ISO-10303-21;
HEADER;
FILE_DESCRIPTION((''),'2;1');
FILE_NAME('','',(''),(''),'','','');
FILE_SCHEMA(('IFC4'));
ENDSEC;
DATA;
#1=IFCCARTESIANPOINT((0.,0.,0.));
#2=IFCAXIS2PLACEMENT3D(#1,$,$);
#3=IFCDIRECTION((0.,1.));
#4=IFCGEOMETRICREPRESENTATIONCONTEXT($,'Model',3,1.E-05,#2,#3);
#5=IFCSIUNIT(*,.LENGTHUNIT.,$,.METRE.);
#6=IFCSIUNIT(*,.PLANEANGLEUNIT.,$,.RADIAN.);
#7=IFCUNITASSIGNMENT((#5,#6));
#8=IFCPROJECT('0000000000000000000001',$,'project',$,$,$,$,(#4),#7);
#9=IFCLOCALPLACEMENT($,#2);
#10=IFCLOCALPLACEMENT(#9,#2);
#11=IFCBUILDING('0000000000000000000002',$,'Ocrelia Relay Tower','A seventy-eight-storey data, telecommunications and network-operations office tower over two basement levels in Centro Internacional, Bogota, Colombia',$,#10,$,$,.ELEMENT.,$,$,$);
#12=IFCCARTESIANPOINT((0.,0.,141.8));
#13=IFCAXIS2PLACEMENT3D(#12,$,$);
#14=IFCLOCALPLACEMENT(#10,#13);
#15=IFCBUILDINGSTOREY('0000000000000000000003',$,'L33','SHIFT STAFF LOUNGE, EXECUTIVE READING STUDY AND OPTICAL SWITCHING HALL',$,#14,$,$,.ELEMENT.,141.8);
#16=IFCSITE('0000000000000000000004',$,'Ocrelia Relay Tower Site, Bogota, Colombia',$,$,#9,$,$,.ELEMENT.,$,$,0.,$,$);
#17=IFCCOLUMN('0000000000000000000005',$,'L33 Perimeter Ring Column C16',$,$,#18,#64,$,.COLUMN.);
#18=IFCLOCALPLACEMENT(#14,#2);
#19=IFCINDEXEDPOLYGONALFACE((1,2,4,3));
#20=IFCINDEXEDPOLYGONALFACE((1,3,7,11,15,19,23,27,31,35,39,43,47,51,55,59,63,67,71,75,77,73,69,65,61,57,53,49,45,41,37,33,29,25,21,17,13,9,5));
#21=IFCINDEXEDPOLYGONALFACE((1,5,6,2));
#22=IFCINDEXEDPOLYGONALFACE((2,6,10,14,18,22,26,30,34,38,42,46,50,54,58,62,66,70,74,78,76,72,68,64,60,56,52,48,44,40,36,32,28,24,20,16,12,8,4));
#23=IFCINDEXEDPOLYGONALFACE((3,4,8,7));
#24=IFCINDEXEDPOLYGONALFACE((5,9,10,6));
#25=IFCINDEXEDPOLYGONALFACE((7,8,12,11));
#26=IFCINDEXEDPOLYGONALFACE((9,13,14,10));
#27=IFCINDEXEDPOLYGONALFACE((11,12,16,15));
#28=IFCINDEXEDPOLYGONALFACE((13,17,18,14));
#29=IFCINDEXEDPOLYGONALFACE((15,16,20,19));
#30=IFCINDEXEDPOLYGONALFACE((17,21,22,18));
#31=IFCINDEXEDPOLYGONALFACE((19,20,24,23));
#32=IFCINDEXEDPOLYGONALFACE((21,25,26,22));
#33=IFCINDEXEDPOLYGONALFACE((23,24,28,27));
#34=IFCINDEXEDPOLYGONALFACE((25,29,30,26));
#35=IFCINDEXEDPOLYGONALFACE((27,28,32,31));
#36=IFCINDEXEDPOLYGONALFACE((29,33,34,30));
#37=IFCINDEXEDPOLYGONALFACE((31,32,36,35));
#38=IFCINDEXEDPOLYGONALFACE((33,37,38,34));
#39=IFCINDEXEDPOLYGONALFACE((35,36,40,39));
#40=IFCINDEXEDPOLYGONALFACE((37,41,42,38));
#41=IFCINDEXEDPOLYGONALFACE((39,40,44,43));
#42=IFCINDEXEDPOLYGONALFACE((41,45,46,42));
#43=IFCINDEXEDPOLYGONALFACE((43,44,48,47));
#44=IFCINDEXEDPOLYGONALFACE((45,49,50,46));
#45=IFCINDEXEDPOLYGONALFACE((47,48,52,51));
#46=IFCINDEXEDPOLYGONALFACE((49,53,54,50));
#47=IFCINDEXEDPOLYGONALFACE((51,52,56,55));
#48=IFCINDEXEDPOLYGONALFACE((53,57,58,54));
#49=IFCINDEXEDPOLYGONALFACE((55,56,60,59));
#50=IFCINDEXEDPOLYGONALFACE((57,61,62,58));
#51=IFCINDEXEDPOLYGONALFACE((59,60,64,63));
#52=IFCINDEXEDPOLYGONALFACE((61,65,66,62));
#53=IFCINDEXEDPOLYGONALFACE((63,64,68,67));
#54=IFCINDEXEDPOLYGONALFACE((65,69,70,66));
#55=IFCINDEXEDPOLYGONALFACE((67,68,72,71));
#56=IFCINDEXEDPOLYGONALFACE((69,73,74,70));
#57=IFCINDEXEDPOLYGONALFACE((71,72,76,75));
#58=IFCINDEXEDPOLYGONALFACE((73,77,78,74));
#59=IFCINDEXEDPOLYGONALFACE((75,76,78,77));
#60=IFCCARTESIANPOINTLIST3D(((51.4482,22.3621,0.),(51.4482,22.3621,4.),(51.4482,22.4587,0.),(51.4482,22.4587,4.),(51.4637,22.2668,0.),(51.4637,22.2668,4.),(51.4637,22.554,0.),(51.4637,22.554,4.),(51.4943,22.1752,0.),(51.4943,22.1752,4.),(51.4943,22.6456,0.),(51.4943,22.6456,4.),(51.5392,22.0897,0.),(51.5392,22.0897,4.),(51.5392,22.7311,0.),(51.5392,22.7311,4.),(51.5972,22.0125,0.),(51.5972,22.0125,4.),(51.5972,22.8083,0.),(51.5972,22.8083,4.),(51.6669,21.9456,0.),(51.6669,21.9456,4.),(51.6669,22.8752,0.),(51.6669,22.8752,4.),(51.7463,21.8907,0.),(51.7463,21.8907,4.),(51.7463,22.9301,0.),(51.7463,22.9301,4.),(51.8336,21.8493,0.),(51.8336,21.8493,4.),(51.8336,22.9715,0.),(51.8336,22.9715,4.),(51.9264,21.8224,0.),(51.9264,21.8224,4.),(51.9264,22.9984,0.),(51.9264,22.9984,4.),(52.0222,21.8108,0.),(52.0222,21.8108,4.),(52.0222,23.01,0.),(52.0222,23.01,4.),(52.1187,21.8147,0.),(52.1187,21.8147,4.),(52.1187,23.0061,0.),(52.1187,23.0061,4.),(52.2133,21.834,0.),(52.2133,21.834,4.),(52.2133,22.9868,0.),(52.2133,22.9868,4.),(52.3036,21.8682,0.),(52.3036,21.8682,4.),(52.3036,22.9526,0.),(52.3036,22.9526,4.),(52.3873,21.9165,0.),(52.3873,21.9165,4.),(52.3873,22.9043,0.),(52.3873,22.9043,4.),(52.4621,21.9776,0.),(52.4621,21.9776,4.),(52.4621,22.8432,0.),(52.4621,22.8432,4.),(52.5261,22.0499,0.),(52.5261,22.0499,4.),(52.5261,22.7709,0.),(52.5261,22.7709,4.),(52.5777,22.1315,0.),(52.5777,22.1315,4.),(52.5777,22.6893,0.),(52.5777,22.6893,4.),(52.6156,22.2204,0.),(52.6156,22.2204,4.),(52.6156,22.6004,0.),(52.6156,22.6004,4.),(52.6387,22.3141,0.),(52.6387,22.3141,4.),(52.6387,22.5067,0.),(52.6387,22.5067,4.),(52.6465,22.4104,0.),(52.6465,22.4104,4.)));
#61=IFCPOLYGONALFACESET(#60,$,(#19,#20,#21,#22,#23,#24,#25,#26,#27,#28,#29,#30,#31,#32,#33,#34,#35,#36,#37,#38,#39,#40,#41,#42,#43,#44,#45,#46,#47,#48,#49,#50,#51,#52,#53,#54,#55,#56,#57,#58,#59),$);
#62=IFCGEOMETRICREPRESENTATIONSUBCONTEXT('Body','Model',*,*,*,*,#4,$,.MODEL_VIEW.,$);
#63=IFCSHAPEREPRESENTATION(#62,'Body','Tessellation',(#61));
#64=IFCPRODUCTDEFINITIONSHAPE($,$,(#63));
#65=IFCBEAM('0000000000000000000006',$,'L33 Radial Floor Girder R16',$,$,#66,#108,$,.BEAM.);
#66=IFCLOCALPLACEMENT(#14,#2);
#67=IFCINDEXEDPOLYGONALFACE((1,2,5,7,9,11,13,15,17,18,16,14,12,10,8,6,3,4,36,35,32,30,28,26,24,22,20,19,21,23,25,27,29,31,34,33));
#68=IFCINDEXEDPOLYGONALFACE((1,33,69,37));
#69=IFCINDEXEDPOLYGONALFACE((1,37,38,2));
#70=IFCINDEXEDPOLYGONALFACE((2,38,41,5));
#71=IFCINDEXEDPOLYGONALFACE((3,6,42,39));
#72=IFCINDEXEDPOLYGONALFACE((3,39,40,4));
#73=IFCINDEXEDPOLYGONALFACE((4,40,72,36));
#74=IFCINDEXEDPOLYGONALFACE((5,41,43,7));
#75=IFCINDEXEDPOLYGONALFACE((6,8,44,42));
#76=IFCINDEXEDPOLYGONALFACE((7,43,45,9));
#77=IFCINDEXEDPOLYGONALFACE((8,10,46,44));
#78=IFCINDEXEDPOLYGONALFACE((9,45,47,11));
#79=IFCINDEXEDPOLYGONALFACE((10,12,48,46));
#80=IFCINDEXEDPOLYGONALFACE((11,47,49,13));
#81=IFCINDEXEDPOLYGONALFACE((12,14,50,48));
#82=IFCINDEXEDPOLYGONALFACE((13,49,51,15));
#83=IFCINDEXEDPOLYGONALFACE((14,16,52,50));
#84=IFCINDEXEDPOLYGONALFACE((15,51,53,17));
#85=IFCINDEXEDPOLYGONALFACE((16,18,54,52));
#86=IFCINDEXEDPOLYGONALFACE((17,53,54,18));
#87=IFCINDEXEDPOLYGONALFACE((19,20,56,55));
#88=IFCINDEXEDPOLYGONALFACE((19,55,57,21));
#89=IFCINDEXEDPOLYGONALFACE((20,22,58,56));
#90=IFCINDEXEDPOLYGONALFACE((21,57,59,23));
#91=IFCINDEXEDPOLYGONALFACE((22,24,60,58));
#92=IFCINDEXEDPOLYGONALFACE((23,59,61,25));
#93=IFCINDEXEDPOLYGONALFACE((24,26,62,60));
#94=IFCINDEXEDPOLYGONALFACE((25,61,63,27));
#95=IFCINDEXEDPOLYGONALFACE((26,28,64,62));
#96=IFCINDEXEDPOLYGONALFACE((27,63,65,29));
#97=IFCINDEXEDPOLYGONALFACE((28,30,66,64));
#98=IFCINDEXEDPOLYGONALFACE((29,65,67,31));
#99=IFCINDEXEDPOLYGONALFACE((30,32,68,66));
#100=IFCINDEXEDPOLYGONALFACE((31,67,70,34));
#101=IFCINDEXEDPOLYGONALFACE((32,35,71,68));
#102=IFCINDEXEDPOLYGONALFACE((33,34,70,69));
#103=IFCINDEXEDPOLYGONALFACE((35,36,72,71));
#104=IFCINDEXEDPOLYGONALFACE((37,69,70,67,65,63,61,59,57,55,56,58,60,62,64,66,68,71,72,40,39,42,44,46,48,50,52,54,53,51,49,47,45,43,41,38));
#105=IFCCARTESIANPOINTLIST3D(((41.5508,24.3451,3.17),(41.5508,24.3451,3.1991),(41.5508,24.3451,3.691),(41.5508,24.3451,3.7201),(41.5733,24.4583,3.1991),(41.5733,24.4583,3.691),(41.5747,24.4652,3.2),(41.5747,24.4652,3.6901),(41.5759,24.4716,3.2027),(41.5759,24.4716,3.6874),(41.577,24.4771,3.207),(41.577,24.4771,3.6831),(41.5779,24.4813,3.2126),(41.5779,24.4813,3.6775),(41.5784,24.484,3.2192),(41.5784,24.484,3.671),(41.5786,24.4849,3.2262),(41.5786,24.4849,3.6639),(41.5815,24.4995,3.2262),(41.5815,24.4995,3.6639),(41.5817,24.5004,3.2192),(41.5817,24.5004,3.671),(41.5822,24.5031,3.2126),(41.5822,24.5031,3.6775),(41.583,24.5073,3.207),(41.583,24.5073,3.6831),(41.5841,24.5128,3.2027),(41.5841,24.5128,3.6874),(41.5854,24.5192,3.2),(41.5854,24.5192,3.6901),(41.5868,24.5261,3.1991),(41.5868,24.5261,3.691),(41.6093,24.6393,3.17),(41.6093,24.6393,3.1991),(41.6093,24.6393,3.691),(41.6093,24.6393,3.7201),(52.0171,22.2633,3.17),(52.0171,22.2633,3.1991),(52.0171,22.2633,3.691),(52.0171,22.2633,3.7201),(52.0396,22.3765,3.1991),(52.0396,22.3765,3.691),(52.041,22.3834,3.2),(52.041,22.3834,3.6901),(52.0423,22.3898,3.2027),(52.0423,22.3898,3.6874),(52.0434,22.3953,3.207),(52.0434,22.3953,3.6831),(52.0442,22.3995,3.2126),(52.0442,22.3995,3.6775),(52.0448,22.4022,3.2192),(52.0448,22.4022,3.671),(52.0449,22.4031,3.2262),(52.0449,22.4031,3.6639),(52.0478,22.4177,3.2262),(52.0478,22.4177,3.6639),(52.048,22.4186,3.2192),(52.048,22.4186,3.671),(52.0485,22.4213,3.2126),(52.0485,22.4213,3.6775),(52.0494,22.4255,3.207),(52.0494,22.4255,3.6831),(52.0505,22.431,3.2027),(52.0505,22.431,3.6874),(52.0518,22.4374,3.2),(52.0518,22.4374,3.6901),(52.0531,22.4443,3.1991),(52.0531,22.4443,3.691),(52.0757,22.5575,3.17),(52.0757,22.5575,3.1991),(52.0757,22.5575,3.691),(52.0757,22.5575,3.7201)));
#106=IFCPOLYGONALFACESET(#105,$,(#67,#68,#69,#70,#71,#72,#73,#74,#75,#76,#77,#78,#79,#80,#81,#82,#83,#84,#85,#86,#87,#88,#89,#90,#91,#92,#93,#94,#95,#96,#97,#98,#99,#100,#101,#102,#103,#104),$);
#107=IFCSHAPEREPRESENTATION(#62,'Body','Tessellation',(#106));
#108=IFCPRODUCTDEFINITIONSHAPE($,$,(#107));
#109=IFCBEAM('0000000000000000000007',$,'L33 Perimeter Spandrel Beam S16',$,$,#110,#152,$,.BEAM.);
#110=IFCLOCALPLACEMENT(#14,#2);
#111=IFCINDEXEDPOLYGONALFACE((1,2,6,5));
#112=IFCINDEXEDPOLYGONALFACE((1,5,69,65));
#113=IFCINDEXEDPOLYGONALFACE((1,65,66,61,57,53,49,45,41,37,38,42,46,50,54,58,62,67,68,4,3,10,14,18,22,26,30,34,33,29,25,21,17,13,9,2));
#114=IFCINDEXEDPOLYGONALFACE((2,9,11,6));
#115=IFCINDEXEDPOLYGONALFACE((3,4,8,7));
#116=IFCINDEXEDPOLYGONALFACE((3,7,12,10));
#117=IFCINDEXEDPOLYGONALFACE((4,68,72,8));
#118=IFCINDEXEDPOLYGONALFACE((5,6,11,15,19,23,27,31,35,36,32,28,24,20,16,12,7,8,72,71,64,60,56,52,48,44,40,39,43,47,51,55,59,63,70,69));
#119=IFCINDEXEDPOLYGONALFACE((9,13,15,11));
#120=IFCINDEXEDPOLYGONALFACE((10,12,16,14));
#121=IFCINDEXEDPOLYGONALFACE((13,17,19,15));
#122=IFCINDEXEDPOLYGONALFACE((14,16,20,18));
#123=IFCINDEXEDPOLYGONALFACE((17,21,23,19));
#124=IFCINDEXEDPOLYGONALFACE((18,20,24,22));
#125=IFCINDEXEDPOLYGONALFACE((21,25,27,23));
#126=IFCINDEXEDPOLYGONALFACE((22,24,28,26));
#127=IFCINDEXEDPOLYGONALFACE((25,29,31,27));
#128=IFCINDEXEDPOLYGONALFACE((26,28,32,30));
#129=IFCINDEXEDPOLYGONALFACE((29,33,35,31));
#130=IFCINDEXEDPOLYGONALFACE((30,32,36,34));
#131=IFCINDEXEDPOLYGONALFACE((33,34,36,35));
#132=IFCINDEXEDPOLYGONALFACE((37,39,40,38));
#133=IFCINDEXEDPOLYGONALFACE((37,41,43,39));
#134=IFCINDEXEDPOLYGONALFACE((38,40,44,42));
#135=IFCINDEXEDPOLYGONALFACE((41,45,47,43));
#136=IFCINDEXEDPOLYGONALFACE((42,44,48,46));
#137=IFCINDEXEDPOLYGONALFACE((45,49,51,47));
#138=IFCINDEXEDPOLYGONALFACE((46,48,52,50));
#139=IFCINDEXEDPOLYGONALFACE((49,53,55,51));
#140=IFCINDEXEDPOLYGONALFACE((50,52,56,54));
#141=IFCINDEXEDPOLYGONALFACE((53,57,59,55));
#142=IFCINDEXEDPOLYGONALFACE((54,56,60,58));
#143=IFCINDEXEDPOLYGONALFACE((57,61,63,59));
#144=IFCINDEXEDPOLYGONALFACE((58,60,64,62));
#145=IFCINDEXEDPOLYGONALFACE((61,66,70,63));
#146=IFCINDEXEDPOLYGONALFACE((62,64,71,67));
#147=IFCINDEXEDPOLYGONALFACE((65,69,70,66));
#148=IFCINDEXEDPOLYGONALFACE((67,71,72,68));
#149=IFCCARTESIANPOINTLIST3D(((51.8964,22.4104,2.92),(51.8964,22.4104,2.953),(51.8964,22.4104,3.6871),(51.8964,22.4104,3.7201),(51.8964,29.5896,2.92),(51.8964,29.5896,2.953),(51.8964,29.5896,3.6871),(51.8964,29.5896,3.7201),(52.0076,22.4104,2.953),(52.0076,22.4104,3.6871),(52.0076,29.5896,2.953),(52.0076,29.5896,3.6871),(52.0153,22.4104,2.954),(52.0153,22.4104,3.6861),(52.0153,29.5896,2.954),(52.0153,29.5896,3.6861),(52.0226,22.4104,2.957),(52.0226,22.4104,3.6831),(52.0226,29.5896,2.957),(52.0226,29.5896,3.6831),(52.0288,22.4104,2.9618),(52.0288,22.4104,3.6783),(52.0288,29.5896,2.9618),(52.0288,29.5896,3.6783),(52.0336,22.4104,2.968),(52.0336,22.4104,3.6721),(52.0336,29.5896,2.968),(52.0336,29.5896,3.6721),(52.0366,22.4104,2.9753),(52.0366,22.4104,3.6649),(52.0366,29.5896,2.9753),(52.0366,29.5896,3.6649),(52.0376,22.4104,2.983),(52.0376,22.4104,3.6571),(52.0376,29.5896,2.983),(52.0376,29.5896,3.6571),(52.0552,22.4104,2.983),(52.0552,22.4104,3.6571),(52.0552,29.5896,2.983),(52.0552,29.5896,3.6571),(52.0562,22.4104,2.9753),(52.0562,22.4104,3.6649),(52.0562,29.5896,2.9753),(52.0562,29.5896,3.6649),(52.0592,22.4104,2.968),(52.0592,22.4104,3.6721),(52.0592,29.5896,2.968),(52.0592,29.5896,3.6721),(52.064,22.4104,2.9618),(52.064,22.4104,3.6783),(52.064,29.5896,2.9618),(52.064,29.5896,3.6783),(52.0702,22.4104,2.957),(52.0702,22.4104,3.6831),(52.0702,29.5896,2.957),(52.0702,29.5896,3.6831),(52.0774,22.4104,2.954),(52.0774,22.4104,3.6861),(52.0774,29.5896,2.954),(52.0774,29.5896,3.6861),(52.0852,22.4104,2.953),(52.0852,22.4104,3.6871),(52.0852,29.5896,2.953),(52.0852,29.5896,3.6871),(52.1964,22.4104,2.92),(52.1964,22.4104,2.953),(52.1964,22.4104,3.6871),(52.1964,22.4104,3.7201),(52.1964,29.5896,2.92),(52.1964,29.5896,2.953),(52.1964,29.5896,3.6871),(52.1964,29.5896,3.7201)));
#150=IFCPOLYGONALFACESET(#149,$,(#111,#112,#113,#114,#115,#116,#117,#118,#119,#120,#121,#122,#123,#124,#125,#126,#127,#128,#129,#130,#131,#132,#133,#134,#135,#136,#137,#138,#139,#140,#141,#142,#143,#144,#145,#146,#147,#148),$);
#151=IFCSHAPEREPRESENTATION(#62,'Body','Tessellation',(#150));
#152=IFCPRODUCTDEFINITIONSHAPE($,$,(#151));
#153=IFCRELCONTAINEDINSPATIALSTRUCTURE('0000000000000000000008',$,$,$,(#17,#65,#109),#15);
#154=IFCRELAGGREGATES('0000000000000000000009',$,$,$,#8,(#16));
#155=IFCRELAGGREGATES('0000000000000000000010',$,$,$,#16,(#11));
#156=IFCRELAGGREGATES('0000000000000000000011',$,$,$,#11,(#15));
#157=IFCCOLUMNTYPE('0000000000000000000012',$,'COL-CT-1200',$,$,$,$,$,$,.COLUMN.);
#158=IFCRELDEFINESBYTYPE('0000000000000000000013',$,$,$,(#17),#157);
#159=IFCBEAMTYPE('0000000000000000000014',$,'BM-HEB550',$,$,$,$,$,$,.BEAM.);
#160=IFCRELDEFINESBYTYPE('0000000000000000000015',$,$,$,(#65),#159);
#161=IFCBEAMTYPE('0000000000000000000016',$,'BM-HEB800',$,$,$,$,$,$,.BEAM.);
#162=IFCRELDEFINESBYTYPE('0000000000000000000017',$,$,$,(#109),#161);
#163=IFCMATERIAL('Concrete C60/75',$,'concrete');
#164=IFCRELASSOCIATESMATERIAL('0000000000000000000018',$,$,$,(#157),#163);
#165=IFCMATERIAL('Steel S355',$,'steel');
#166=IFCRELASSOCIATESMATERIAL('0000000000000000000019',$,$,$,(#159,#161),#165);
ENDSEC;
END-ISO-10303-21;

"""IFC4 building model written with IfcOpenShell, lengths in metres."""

from ifc_helpers import new_model, si_unit, direction, frame, origin, origin_2d, place, context, subcontext, project, spatial, circle, i_section, extrude, material, material_profile, profile_set, type_object, element, save


model = new_model("IFC4")

# Units and contexts
model_context = context("Model", 3, precision=1e-05, world=origin(), true_north=direction((0.0, 1.0)))
body_context = subcontext(model_context, "Body", "Model", "MODEL_VIEW")
ifc_project = project(units=[si_unit("LENGTHUNIT", "METRE"), si_unit("PLANEANGLEUNIT", "RADIAN")], contexts=[model_context])

# Site, building, storey
site_placement = place(None, origin())
site = spatial("IfcSite", under=ifc_project, at=site_placement, Name="Ocrelia Relay Tower Site, Bogota, Colombia", CompositionType="ELEMENT", RefElevation=0.0)
building_placement = place(site_placement, origin())
building = spatial("IfcBuilding", under=site, at=building_placement, Name="Ocrelia Relay Tower", Description="A seventy-eight-storey data, telecommunications and network-operations office tower over two basement levels in Centro Internacional, Bogota, Colombia", CompositionType="ELEMENT")
storey_placement = place(building_placement, frame((0.0, 0.0, 141.8)))
storey = spatial("IfcBuildingStorey", under=building, at=storey_placement, Name="L33", Description="SHIFT STAFF LOUNGE, EXECUTIVE READING STUDY AND OPTICAL SWITCHING HALL", CompositionType="ELEMENT", Elevation=141.8)

# Column
ifc_material_1 = material(Name="Concrete C60/75", Category="concrete")
ifc_material_profile_1 = material_profile(ifc_material_1, circle(Radius=0.6001, at=origin_2d()), Name="RC-CIR-1200")
ifc_profile_set_1 = profile_set([ifc_material_profile_1], Name="Concrete C60/75")
column_type = type_object("IfcColumnType", Name="COL-CT-1200", PredefinedType="COLUMN", material=ifc_profile_set_1)
column_placement = place(storey_placement, frame((52.0464, 22.4104, 0.0), z_axis=(0.0, 0.0, 1.0), x_axis=(1.0, 0.0, 0.0)))
element("IfcColumn", 1, at=column_placement, inside=storey, type_object=column_type, Name="L33 Perimeter Ring Column C16", PredefinedType="COLUMN", context=body_context, shape_type="SweptSolid", body=[
    extrude(circle(Radius=0.6001, at=origin_2d()), origin(), (0.0, 0.0, 1.0), 4.0),
])

# Beams
ifc_material_2 = material(Name="Steel S355", Category="steel")
ifc_material_profile_2 = material_profile(ifc_material_2, i_section(OverallWidth=0.3, OverallDepth=0.55, WebThickness=0.0149, FlangeThickness=0.0291, FilletRadius=0.0271, at=origin_2d()), Name="HEB 550")
ifc_profile_set_2 = profile_set([ifc_material_profile_2], Name="Steel S355")
beam_type_1 = type_object("IfcBeamType", Name="BM-HEB550", PredefinedType="BEAM", material=ifc_profile_set_2)
beam_1_placement = place(storey_placement, frame((52.0464, 22.4104, 3.4451), z_axis=(-0.980787, 0.195082, 0.0), x_axis=(-0.195082, -0.980787, 0.0)))
element("IfcBeam", 2, at=beam_1_placement, inside=storey, type_object=beam_type_1, Name="L33 Radial Floor Girder R16", PredefinedType="BEAM", context=body_context, shape_type="SweptSolid", body=[
    extrude(i_section(OverallWidth=0.3, OverallDepth=0.55, WebThickness=0.0149, FlangeThickness=0.0291, FilletRadius=0.0271, at=origin_2d()), origin(), (0.0, 0.0, 1.0), 10.6714),
])
ifc_material_profile_3 = material_profile(ifc_material_2, i_section(OverallWidth=0.3, OverallDepth=0.8, WebThickness=0.0176, FlangeThickness=0.033, FilletRadius=0.03, at=origin_2d()), Name="HEB 800")
ifc_profile_set_3 = profile_set([ifc_material_profile_3], Name="Steel S355")
beam_type_2 = type_object("IfcBeamType", Name="BM-HEB800", PredefinedType="BEAM", material=ifc_profile_set_3)
beam_2_placement = place(storey_placement, frame((52.0464, 22.4104, 3.3201), z_axis=(0.0, 1.0, 0.0), x_axis=(-1.0, 0.0, 0.0)))
element("IfcBeam", 3, at=beam_2_placement, inside=storey, type_object=beam_type_2, Name="L33 Perimeter Spandrel Beam S16", PredefinedType="BEAM", context=body_context, shape_type="SweptSolid", body=[
    extrude(i_section(OverallWidth=0.3, OverallDepth=0.8, WebThickness=0.0176, FlangeThickness=0.033, FilletRadius=0.03, at=origin_2d()), origin(), (0.0, 0.0, 1.0), 7.1792),
])

save(model, "model.ifc")
